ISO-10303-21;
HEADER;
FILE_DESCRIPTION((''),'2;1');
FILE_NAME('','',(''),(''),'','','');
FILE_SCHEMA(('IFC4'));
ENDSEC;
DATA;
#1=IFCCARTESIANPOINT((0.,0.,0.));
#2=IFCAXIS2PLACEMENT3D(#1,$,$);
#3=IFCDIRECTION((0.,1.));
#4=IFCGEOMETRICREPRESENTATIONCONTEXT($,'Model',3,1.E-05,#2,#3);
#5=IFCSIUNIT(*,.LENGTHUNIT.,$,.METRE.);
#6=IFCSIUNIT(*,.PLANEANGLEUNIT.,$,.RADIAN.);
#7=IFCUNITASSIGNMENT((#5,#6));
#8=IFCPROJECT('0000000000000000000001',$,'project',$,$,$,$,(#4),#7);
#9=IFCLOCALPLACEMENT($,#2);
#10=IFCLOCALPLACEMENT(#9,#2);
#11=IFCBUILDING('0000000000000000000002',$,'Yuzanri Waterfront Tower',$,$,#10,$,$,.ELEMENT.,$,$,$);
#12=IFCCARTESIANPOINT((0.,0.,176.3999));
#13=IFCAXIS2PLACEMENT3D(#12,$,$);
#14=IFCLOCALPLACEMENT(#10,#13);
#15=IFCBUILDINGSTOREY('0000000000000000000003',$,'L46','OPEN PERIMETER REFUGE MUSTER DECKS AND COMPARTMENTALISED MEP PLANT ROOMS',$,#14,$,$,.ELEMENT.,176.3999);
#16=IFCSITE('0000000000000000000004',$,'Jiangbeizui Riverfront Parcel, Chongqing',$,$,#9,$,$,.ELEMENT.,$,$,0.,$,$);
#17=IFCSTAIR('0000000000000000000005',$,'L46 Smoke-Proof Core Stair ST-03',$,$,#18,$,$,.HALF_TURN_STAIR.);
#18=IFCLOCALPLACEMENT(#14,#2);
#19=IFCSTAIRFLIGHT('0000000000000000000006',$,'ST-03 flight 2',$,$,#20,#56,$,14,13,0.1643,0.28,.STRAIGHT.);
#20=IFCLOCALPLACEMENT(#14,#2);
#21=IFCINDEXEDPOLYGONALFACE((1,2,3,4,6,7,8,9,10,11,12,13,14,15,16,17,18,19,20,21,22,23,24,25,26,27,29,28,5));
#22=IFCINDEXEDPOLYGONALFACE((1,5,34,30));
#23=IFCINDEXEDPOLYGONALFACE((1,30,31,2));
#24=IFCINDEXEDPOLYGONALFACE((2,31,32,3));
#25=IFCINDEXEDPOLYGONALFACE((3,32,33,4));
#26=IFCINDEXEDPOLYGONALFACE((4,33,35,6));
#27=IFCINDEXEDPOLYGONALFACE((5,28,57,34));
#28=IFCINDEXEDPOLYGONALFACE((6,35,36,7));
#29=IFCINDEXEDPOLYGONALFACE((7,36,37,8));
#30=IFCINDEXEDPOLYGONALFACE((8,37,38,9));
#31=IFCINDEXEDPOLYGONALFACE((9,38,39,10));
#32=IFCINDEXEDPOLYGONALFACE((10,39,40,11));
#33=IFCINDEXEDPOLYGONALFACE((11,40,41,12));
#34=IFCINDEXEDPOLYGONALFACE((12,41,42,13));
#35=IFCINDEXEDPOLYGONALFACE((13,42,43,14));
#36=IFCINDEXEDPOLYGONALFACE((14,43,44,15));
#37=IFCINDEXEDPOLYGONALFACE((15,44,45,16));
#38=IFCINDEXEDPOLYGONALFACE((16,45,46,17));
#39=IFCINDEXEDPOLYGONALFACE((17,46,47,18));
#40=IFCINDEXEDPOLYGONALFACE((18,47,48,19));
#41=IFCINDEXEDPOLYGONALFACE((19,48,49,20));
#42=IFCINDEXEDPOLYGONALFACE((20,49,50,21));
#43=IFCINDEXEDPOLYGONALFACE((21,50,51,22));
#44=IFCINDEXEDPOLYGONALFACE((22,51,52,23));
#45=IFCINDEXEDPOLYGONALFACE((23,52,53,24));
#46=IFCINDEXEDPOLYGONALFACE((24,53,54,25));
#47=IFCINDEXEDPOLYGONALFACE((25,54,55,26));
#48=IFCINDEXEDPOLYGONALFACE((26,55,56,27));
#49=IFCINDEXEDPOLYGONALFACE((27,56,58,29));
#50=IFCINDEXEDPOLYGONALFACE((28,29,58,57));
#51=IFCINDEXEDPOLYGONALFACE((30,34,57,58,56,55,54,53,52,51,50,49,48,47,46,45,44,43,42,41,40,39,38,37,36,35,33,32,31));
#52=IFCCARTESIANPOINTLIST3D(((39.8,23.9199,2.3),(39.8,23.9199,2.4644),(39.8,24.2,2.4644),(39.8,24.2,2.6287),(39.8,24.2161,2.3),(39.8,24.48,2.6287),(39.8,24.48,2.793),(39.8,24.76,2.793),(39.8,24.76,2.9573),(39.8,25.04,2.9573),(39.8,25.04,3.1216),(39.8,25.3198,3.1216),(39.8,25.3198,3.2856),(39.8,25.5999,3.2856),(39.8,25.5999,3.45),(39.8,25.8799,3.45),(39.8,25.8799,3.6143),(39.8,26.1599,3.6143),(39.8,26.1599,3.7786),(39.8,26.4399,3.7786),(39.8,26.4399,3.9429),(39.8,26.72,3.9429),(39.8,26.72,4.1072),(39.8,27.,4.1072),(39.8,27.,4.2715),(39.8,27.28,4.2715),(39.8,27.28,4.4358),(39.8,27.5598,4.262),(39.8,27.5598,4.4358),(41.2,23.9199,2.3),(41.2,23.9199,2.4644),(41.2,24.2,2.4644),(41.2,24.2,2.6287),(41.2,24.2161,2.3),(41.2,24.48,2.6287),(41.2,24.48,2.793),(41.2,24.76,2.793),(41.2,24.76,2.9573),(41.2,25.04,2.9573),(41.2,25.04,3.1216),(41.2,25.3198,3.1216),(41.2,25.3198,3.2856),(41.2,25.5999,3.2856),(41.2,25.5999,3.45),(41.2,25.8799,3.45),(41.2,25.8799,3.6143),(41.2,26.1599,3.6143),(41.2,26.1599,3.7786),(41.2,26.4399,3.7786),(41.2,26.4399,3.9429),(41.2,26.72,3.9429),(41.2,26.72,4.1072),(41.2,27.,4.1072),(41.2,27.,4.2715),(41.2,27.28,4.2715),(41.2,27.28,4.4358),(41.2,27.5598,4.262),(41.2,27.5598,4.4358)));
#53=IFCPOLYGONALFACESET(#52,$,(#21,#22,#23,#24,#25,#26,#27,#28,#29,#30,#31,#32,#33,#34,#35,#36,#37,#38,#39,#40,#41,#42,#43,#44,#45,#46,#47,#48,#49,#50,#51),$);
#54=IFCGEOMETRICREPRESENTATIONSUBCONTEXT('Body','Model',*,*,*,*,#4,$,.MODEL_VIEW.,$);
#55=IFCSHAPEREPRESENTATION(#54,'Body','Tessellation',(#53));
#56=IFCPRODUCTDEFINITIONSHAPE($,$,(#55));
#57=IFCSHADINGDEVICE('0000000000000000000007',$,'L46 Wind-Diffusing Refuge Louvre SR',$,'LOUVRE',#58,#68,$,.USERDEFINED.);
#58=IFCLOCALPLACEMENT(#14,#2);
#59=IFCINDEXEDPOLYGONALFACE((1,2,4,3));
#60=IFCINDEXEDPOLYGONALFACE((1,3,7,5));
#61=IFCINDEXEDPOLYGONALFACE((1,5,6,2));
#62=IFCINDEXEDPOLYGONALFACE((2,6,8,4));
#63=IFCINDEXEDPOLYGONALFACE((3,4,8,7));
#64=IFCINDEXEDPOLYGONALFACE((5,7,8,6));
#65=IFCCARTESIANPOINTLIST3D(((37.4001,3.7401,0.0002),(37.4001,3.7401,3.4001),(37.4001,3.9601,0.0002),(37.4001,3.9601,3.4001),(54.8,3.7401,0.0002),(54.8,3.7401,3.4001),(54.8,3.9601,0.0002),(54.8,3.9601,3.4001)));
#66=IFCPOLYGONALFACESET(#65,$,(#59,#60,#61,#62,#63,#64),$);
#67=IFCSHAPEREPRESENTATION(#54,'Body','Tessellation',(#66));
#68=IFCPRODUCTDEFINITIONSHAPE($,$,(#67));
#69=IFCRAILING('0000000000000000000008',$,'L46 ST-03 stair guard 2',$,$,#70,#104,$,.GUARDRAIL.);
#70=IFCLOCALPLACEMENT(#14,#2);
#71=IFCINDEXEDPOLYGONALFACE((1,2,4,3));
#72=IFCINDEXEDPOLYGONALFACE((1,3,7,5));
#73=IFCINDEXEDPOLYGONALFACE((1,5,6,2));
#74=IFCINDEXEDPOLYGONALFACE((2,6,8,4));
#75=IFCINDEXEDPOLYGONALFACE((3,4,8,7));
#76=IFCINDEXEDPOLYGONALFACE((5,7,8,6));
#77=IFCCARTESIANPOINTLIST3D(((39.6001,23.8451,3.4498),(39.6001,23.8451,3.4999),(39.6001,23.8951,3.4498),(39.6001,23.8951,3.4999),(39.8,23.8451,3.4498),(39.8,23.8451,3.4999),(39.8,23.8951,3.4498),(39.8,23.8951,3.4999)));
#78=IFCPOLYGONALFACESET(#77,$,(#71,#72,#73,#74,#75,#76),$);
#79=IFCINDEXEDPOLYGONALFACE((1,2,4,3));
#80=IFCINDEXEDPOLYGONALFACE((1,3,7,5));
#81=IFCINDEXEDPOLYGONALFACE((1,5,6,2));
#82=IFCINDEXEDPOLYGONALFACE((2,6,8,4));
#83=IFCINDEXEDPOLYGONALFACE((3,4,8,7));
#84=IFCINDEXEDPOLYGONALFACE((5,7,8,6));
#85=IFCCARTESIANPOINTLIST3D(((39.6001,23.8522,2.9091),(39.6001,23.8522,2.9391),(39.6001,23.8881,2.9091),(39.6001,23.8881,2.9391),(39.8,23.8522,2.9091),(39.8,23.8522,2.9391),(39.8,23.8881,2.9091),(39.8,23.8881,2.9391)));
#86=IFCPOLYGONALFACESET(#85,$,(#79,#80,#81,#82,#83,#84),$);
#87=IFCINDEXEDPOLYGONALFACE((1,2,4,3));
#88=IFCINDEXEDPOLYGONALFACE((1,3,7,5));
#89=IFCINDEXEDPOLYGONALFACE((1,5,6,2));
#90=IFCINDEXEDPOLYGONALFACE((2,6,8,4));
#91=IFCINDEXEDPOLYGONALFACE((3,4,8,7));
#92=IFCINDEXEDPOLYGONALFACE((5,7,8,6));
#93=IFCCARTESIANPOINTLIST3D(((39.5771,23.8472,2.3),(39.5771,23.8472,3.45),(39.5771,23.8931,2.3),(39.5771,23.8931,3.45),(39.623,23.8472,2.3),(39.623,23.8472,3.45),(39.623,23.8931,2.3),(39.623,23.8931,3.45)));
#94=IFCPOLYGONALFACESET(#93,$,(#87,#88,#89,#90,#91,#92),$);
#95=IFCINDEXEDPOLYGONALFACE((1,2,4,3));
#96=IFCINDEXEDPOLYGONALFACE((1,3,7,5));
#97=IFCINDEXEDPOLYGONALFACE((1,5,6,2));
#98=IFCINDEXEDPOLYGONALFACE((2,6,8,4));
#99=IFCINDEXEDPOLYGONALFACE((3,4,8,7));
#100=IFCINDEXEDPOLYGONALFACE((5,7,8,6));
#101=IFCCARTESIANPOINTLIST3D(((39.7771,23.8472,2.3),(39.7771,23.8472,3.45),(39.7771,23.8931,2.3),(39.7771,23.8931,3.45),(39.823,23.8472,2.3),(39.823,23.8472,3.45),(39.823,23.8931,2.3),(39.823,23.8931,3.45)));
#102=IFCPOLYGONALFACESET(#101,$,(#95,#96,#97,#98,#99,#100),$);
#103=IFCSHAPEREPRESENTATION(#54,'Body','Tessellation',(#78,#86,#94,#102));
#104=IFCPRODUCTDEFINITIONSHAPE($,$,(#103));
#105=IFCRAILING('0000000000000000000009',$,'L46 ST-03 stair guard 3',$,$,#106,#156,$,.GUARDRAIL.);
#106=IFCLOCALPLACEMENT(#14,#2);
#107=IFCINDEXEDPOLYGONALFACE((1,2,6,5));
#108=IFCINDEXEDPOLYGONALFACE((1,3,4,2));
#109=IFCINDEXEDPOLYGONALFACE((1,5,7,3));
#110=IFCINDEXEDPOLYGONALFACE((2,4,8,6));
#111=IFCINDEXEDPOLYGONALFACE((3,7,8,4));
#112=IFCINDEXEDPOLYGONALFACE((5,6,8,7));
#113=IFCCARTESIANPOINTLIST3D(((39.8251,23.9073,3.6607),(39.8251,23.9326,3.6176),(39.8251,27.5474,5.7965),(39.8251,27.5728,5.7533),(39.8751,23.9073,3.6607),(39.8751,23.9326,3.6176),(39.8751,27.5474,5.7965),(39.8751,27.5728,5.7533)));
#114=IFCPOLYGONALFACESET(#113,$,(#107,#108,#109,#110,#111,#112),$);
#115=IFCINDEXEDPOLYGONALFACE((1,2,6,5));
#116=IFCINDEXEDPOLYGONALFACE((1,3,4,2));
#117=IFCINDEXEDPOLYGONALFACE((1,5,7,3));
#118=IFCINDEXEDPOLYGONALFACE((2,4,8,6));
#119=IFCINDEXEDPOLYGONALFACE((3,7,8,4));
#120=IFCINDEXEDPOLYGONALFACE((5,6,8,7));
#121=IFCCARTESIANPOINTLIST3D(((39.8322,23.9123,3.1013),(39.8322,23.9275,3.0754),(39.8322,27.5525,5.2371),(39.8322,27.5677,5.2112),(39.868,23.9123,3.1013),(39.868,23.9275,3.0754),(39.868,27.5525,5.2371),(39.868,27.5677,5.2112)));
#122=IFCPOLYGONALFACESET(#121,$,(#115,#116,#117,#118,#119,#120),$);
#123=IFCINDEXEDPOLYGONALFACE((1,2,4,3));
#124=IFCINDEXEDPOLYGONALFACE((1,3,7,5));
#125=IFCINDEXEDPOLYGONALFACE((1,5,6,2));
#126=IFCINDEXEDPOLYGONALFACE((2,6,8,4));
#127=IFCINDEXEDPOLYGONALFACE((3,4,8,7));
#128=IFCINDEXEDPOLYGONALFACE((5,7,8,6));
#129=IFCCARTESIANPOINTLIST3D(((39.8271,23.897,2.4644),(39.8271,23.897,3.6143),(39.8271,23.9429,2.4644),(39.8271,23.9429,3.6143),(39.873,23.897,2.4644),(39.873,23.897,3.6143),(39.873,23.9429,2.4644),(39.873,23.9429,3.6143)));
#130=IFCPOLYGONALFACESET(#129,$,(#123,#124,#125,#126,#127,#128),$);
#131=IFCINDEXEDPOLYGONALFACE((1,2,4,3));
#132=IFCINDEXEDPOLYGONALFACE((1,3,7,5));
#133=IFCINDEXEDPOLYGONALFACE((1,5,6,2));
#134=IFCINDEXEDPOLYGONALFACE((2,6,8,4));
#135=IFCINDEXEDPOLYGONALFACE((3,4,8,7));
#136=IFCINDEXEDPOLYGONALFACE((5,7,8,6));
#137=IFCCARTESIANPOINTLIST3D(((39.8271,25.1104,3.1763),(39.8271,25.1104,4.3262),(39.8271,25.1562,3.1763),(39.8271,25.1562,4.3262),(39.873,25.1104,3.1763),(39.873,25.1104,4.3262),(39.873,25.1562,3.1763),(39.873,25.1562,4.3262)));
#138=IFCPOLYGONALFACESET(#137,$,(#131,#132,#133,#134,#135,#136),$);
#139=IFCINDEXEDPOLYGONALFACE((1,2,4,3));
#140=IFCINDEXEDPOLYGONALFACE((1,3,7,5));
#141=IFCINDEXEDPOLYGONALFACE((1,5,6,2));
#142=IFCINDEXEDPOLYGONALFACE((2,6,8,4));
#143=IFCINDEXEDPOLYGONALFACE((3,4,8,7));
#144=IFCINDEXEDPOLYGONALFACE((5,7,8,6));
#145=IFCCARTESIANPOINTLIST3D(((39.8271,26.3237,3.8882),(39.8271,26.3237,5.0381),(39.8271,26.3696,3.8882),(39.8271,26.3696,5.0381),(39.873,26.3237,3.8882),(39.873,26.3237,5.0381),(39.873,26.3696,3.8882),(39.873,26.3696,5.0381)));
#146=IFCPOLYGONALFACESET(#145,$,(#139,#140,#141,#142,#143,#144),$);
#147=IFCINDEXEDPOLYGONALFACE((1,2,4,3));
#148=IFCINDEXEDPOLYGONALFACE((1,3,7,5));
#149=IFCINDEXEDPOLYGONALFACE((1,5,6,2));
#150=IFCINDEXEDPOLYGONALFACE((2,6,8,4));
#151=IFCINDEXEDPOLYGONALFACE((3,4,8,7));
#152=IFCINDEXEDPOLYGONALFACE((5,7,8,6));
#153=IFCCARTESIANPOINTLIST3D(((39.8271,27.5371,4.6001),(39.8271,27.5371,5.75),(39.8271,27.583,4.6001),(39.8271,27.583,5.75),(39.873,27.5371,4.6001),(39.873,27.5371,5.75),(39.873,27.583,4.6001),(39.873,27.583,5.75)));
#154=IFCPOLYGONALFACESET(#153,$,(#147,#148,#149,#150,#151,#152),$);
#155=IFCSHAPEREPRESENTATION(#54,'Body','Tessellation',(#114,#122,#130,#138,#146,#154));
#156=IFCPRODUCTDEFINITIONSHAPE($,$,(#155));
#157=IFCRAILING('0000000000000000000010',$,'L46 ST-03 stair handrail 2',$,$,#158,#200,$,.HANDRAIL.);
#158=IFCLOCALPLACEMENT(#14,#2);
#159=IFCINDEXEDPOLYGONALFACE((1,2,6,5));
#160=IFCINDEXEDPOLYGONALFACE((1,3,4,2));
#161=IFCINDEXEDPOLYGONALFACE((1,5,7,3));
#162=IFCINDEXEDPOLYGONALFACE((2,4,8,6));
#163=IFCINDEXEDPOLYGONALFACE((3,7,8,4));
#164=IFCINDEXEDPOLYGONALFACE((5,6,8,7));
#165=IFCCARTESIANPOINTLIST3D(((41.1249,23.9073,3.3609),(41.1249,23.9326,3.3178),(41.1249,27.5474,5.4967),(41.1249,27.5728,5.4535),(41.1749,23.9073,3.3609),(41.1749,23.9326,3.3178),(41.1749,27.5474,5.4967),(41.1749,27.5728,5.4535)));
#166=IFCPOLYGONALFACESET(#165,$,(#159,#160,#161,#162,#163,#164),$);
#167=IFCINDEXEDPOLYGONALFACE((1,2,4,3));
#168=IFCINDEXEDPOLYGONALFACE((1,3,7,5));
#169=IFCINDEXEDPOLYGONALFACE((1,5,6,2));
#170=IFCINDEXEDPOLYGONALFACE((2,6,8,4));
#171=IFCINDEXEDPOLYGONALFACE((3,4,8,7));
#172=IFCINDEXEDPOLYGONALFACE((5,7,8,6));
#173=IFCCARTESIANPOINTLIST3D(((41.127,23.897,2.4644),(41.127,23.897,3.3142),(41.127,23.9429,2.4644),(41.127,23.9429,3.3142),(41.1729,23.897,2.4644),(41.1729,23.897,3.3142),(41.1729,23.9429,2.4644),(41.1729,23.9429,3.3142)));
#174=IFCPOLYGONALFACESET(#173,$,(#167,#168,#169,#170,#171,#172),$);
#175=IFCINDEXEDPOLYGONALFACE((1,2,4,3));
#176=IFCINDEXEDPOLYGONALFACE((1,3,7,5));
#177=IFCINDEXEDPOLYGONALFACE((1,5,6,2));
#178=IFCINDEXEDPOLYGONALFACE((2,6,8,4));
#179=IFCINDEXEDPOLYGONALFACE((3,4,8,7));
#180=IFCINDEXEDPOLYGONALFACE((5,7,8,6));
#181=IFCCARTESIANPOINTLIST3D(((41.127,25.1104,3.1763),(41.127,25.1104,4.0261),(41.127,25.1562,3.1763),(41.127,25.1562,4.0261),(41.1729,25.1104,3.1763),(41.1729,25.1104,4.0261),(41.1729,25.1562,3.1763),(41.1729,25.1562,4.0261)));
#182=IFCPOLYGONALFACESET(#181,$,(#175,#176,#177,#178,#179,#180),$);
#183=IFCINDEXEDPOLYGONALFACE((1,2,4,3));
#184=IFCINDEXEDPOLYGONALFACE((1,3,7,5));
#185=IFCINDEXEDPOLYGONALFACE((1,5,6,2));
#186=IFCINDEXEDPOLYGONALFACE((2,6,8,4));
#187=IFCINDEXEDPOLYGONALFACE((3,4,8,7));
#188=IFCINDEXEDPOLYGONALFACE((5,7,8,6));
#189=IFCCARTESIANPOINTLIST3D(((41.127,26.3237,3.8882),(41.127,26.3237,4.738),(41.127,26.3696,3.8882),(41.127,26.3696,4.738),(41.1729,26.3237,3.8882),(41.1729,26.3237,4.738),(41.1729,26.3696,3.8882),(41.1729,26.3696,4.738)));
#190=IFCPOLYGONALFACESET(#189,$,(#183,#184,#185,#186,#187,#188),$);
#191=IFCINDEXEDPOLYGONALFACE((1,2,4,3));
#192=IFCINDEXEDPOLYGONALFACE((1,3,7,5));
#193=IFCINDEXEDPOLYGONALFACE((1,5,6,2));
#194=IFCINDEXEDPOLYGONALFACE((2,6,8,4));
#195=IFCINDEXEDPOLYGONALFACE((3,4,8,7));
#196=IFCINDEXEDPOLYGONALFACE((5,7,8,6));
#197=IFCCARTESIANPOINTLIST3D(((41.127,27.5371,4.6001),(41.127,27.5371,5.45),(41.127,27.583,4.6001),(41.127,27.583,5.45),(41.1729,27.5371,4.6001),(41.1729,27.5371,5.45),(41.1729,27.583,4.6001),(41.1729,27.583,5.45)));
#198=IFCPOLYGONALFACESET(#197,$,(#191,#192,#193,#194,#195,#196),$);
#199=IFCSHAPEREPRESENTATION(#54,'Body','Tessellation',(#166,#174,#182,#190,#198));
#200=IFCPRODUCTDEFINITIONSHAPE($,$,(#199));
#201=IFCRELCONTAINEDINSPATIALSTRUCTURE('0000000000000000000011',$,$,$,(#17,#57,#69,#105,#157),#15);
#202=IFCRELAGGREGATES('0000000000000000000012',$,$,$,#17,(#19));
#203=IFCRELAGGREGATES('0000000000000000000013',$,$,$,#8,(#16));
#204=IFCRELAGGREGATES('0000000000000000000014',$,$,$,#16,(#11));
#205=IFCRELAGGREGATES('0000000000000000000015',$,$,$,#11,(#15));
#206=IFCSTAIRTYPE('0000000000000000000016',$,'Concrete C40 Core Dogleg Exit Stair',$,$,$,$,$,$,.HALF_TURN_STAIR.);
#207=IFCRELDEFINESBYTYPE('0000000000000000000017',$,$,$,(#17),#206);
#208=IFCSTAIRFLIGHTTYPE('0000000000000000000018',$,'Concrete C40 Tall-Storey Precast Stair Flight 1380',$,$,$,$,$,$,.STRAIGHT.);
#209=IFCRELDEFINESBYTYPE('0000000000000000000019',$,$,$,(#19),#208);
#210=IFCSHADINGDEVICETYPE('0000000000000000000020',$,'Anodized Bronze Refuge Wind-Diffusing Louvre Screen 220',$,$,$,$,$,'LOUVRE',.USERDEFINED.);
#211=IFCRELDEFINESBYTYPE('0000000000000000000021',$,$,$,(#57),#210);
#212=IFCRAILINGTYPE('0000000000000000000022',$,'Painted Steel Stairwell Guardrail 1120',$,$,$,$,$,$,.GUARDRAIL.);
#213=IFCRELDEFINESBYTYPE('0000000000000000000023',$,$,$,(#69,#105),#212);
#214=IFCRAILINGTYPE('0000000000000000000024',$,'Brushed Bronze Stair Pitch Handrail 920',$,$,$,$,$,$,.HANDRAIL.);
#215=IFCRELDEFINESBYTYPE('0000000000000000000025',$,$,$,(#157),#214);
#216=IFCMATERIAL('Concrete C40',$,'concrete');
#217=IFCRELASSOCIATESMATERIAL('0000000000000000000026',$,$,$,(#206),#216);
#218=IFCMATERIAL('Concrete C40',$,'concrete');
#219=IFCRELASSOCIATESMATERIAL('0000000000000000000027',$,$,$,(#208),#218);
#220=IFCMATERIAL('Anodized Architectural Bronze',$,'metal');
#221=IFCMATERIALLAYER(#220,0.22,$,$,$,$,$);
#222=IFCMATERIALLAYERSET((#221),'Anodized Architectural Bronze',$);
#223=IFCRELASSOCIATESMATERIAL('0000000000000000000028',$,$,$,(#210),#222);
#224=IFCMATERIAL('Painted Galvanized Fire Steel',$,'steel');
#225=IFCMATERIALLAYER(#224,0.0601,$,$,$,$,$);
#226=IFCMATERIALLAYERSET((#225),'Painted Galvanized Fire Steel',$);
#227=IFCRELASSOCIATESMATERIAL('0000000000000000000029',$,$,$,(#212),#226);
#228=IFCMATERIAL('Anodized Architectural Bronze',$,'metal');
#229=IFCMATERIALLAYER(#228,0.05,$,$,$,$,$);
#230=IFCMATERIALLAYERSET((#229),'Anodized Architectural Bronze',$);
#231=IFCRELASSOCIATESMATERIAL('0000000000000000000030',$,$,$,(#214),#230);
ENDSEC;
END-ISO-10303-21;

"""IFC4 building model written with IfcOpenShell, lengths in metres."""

from ifc_helpers import new_model, si_unit, direction, frame, origin, origin_2d, place, context, subcontext, project, spatial, polyline, rectangle, outline, extrude, source, transform, mapped, material, layer, layer_set, type_object, element, aggregate, save


model = new_model("IFC4")

# Units and contexts
model_context = context("Model", 3, precision=1e-05, world=origin(), true_north=direction((0.0, 1.0)))
body_context = subcontext(model_context, "Body", "Model", "MODEL_VIEW")
ifc_project = project(units=[si_unit("LENGTHUNIT", "METRE"), si_unit("PLANEANGLEUNIT", "RADIAN")], contexts=[model_context])

# Site, building, storey
site_placement = place(None, origin())
site = spatial("IfcSite", under=ifc_project, at=site_placement, Name="Jiangbeizui Riverfront Parcel, Chongqing", CompositionType="ELEMENT", RefElevation=0.0)
building_placement = place(site_placement, origin())
building = spatial("IfcBuilding", under=site, at=building_placement, Name="Yuzanri Waterfront Tower", CompositionType="ELEMENT")
storey_placement = place(building_placement, frame((0.0, 0.0, 176.3999)))
storey = spatial("IfcBuildingStorey", under=building, at=storey_placement, Name="L46", Description="OPEN PERIMETER REFUGE MUSTER DECKS AND COMPARTMENTALISED MEP PLANT ROOMS", CompositionType="ELEMENT", Elevation=176.3999)

# Stair, stair flight
ifc_material_1 = material(Name="Concrete C40", Category="concrete")
stair_type = type_object("IfcStairType", Name="Concrete C40 Core Dogleg Exit Stair", PredefinedType="HALF_TURN_STAIR", material=ifc_material_1)
stair_placement = place(storey_placement, origin())
stair = element("IfcStair", 1, at=stair_placement, inside=storey, type_object=stair_type, Name="L46 Smoke-Proof Core Stair ST-03", PredefinedType="HALF_TURN_STAIR")
ifc_material_2 = material(Name="Concrete C40", Category="concrete")
stair_flight_type = type_object("IfcStairFlightType", Name="Concrete C40 Tall-Storey Precast Stair Flight 1380", PredefinedType="STRAIGHT", material=ifc_material_2)
shared_shape_1 = source(origin(), body_context, "Body", "SweptSolid", [
    extrude(outline(polyline([(0.0, 0.0), (0.0, 0.1643), (0.28, 0.1643), (0.28, 0.3286), (0.5601, 0.3286), (0.5601, 0.4929), (0.8401, 0.4929), (0.8401, 0.6572), (1.1201, 0.6572), (1.1201, 0.8215), (1.3999, 0.8215), (1.3999, 0.9856), (1.6799, 0.9856), (1.6799, 1.1499), (1.96, 1.1499), (1.96, 1.3142), (2.24, 1.3142), (2.24, 1.4785), (2.52, 1.4785), (2.52, 1.6428), (2.8, 1.6428), (2.8, 1.8071), (3.0801, 1.8071), (3.0801, 1.9714), (3.3601, 1.9714), (3.3601, 2.1357), (3.6399, 2.1357), (3.6399, 2.3), (3.6399, 1.9619), (0.2961, 0.0), (0.0, 0.0)])), frame((0.0, 0.7, 0.0), z_axis=(0.0, -1.0, 0.0), x_axis=(1.0, 0.0, 0.0)), (0.0, 0.0, 1.0), 1.3999),
])
stair_flight_placement = place(storey_placement, frame((40.5, 23.9199, 2.3), z_axis=(0.0, 0.0, 1.0), x_axis=(0.0, 1.0, 0.0)))
stair_flight = element("IfcStairFlight", 2, at=stair_flight_placement, type_object=stair_flight_type, Name="ST-03 flight 2", NumberOfRisers=14, NumberOfTreads=13, PredefinedType="STRAIGHT", RiserHeight=0.1643, TreadLength=0.28, context=body_context, shape_type="MappedRepresentation", body=[
    mapped(shared_shape_1, transform((0.0, 0.0, 0.0), scale=1.0)),
])
aggregate(stair, [stair_flight])

# Shading device
ifc_material_3 = material(Name="Anodized Architectural Bronze", Category="metal")
ifc_layer_1 = layer(ifc_material_3, 0.22)
ifc_layer_set_1 = layer_set([ifc_layer_1], Name="Anodized Architectural Bronze")
shading_device_type = type_object("IfcShadingDeviceType", Name="Anodized Bronze Refuge Wind-Diffusing Louvre Screen 220", ElementType="LOUVRE", PredefinedType="USERDEFINED", material=ifc_layer_set_1)
shared_shape_2 = source(origin(), body_context, "Body", "SweptSolid", [
    extrude(rectangle(XDim=17.3999, YDim=0.22, at=origin_2d()), origin(), (0.0, 0.0, 1.0), 3.3999),
])
shading_device_placement = place(storey_placement, frame((46.1001, 3.8501, 0.0002), z_axis=(0.0, 0.0, 1.0), x_axis=(1.0, 0.0, 0.0)))
element("IfcShadingDevice", 3, at=shading_device_placement, inside=storey, type_object=shading_device_type, Name="L46 Wind-Diffusing Refuge Louvre SR", ObjectType="LOUVRE", PredefinedType="USERDEFINED", context=body_context, shape_type="MappedRepresentation", body=[
    mapped(shared_shape_2, transform((0.0, 0.0, 0.0), scale=1.0)),
])

# Railings
ifc_material_4 = material(Name="Painted Galvanized Fire Steel", Category="steel")
ifc_layer_2 = layer(ifc_material_4, 0.0601)
ifc_layer_set_2 = layer_set([ifc_layer_2], Name="Painted Galvanized Fire Steel")
railing_type_1 = type_object("IfcRailingType", Name="Painted Steel Stairwell Guardrail 1120", PredefinedType="GUARDRAIL", material=ifc_layer_set_2)
shared_shape_3 = source(origin(), body_context, "Body", "SweptSolid", [
    extrude(rectangle(XDim=0.05, YDim=0.05, at=origin_2d()), frame((0.0, 0.0, 1.1748), z_axis=(1.0, 0.0, 0.0), x_axis=(0.0, 1.0, 0.0)), (0.0, 0.0, 1.0), 0.2),
    extrude(rectangle(XDim=0.0359, YDim=0.03, at=origin_2d()), frame((0.0, 0.0, 0.624), z_axis=(1.0, 0.0, 0.0), x_axis=(0.0, 1.0, 0.0)), (0.0, 0.0, 1.0), 0.2),
    extrude(rectangle(XDim=0.0459, YDim=0.0459, at=origin_2d()), origin(), (0.0, 0.0, 1.0), 1.1499),
    extrude(rectangle(XDim=0.0459, YDim=0.0459, at=origin_2d()), frame((0.2, 0.0, 0.0)), (0.0, 0.0, 1.0), 1.1499),
])
railing_1_placement = place(storey_placement, frame((39.6001, 23.8701, 2.3)))
element("IfcRailing", 4, at=railing_1_placement, inside=storey, type_object=railing_type_1, Name="L46 ST-03 stair guard 2", PredefinedType="GUARDRAIL", context=body_context, shape_type="MappedRepresentation", body=[
    mapped(shared_shape_3, transform((0.0, 0.0, 0.0), scale=1.0)),
])
shared_shape_4 = source(origin(), body_context, "Body", "SweptSolid", [
    extrude(rectangle(XDim=0.05, YDim=0.05, at=origin_2d()), frame((0.0, 0.0, 1.1748), z_axis=(0.0, 0.862505, 0.506049), x_axis=(-1.0, 0.0, 0.0)), (0.0, 0.0, 1.0), 4.2205),
    extrude(rectangle(XDim=0.0359, YDim=0.03, at=origin_2d()), frame((0.0, 0.0, 0.624), z_axis=(0.0, 0.862505, 0.506049), x_axis=(-1.0, 0.0, 0.0)), (0.0, 0.0, 1.0), 4.2205),
    extrude(rectangle(XDim=0.0459, YDim=0.0459, at=origin_2d()), origin(), (0.0, 0.0, 1.0), 1.1499),
    extrude(rectangle(XDim=0.0459, YDim=0.0459, at=origin_2d()), frame((0.0, 1.2134, 0.7119)), (0.0, 0.0, 1.0), 1.1499),
    extrude(rectangle(XDim=0.0459, YDim=0.0459, at=origin_2d()), frame((0.0, 2.4268, 1.4238)), (0.0, 0.0, 1.0), 1.1499),
    extrude(rectangle(XDim=0.0459, YDim=0.0459, at=origin_2d()), frame((0.0, 3.6401, 2.1357)), (0.0, 0.0, 1.0), 1.1499),
])
railing_2_placement = place(storey_placement, frame((39.8501, 23.9199, 2.4644)))
element("IfcRailing", 5, at=railing_2_placement, inside=storey, type_object=railing_type_1, Name="L46 ST-03 stair guard 3", PredefinedType="GUARDRAIL", context=body_context, shape_type="MappedRepresentation", body=[
    mapped(shared_shape_4, transform((0.0, 0.0, 0.0), scale=1.0)),
])
ifc_material_5 = material(Name="Anodized Architectural Bronze", Category="metal")
ifc_layer_3 = layer(ifc_material_5, 0.05)
ifc_layer_set_3 = layer_set([ifc_layer_3], Name="Anodized Architectural Bronze")
railing_type_2 = type_object("IfcRailingType", Name="Brushed Bronze Stair Pitch Handrail 920", PredefinedType="HANDRAIL", material=ifc_layer_set_3)
shared_shape_5 = source(origin(), body_context, "Body", "SweptSolid", [
    extrude(rectangle(XDim=0.05, YDim=0.05, at=origin_2d()), frame((0.0, 0.0, 0.875), z_axis=(0.0, 0.862505, 0.506049), x_axis=(-1.0, 0.0, 0.0)), (0.0, 0.0, 1.0), 4.2205),
    extrude(rectangle(XDim=0.0459, YDim=0.0459, at=origin_2d()), origin(), (0.0, 0.0, 1.0), 0.8499),
    extrude(rectangle(XDim=0.0459, YDim=0.0459, at=origin_2d()), frame((0.0, 1.2134, 0.7119)), (0.0, 0.0, 1.0), 0.8499),
    extrude(rectangle(XDim=0.0459, YDim=0.0459, at=origin_2d()), frame((0.0, 2.4268, 1.4238)), (0.0, 0.0, 1.0), 0.8499),
    extrude(rectangle(XDim=0.0459, YDim=0.0459, at=origin_2d()), frame((0.0, 3.6401, 2.1357)), (0.0, 0.0, 1.0), 0.8499),
])
railing_3_placement = place(storey_placement, frame((41.1499, 23.9199, 2.4644)))
element("IfcRailing", 6, at=railing_3_placement, inside=storey, type_object=railing_type_2, Name="L46 ST-03 stair handrail 2", PredefinedType="HANDRAIL", context=body_context, shape_type="MappedRepresentation", body=[
    mapped(shared_shape_5, transform((0.0, 0.0, 0.0), scale=1.0)),
])

save(model, "model.ifc")
